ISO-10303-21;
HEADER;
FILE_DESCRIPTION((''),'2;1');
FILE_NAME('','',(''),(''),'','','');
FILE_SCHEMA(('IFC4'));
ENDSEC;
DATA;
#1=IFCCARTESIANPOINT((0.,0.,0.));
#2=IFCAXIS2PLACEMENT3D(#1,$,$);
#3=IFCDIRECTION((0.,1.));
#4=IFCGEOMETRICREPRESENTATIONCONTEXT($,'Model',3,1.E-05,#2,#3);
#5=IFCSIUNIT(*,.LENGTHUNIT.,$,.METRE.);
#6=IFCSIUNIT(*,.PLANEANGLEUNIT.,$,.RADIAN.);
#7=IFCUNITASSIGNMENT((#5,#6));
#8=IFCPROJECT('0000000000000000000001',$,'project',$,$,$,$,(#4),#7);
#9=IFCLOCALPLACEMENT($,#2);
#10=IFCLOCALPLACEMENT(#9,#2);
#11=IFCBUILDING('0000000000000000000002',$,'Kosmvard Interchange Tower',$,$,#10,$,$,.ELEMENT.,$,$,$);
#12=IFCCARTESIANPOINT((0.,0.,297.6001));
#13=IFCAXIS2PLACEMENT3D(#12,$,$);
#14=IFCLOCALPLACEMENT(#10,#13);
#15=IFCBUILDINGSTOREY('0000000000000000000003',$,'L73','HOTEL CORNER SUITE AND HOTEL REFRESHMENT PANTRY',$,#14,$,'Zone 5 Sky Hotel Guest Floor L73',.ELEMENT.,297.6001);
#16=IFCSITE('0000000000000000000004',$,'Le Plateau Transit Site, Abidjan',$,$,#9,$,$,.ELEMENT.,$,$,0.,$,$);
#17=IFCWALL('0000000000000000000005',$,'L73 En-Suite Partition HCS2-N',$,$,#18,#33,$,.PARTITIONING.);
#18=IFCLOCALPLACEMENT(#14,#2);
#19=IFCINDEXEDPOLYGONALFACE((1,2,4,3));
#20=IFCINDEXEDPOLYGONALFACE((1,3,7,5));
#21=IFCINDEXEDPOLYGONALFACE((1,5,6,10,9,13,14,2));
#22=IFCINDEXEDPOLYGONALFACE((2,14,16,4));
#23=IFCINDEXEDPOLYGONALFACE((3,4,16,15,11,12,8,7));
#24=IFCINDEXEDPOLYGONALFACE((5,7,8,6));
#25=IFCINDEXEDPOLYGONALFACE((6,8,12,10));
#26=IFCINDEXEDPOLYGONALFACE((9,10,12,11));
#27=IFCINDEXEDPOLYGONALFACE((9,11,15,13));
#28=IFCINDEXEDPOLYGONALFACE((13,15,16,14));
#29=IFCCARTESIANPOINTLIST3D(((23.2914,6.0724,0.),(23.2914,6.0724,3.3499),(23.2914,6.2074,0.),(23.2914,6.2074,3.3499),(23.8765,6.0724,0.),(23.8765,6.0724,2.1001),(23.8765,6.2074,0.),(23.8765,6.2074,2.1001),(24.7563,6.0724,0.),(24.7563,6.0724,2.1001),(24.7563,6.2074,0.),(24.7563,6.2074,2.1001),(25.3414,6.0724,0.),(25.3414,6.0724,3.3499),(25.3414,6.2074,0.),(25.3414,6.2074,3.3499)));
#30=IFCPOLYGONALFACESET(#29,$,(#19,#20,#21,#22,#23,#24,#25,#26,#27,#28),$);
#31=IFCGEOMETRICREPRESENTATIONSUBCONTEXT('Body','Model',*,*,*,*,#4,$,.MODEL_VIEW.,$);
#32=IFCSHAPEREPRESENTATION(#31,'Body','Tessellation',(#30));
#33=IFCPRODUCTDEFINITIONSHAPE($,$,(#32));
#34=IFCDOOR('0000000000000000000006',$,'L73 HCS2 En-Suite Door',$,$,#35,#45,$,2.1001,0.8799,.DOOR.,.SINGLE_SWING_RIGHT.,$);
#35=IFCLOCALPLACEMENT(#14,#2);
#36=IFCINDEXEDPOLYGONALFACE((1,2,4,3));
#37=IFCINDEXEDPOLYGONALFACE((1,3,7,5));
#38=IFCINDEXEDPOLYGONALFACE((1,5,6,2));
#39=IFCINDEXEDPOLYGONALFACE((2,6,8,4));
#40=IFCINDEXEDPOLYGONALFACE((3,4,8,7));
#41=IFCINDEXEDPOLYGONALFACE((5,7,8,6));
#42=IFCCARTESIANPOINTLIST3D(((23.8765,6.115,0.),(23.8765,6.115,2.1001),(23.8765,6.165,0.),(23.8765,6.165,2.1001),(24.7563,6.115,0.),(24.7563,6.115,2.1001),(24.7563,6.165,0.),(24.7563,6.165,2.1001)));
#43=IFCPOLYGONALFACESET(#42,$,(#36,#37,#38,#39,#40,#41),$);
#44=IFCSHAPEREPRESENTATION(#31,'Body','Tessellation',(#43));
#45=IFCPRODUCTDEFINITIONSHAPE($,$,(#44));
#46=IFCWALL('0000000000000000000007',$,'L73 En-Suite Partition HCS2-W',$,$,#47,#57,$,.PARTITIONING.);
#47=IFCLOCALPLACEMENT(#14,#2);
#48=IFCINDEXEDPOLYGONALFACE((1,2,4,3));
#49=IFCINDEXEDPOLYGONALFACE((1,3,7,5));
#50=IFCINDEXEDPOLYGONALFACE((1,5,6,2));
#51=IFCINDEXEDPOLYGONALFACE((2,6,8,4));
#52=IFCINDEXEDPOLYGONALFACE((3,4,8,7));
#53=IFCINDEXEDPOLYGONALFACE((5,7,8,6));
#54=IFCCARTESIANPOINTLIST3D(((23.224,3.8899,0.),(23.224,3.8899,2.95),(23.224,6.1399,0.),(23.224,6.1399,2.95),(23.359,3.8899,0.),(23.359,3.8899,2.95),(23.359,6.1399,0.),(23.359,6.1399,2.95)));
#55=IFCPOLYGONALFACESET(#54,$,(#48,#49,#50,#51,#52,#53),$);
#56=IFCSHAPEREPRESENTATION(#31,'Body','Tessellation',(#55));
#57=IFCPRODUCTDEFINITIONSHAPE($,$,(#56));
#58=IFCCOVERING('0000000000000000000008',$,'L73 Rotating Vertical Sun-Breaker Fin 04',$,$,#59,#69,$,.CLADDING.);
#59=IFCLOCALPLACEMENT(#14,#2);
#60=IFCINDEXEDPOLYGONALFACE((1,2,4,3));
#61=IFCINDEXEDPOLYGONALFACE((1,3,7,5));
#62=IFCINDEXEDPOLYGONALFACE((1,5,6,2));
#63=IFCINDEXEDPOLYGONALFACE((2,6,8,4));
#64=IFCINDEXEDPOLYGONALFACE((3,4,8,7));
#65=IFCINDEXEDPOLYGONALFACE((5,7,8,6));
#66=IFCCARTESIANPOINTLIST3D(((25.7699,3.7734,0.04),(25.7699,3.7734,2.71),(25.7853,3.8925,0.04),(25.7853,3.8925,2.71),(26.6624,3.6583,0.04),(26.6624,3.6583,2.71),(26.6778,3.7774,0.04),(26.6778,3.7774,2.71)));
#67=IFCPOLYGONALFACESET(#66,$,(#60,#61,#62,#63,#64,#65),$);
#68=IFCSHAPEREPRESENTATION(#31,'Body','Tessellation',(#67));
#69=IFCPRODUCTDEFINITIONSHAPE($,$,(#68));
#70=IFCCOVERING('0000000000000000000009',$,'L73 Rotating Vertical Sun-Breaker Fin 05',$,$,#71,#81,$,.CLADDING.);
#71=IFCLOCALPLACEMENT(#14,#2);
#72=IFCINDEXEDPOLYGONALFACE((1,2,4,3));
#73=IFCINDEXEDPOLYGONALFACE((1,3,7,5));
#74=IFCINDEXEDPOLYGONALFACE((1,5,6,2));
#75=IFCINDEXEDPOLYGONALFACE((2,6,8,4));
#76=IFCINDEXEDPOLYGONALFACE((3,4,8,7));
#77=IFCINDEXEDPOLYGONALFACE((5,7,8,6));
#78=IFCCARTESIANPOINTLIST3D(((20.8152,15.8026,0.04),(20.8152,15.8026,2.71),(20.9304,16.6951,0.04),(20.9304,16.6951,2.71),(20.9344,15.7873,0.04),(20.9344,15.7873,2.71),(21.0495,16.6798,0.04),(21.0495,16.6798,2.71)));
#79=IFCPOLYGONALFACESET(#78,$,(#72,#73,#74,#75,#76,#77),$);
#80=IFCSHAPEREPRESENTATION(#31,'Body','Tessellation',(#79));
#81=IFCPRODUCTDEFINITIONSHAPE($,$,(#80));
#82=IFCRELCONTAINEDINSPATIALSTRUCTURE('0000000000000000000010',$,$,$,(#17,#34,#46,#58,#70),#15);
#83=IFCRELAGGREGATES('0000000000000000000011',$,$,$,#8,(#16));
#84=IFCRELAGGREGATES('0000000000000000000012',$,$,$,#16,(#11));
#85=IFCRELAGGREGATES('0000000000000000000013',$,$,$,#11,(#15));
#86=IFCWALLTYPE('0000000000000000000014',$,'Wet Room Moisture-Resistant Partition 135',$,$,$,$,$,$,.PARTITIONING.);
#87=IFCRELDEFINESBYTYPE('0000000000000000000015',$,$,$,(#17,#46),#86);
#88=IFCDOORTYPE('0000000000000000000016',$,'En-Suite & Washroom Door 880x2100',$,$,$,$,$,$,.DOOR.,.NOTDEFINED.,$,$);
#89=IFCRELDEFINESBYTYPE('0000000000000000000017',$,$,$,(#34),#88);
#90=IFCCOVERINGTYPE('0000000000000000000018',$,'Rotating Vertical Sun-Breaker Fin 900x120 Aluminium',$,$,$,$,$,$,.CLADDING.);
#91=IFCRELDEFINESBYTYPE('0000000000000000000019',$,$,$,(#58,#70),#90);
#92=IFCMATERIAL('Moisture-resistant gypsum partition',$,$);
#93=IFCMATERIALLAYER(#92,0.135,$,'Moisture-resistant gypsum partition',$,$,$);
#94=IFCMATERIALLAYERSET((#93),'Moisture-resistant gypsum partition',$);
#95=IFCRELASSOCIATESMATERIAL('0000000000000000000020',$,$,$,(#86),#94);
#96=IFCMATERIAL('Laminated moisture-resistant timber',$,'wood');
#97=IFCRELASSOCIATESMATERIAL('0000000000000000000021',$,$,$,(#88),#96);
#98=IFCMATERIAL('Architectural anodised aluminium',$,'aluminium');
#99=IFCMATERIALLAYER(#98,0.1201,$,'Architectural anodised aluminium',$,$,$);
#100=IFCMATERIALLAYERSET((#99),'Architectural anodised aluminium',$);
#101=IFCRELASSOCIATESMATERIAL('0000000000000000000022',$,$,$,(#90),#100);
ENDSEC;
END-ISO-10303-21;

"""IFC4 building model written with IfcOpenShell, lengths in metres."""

from ifc_helpers import new_model, si_unit, direction, frame, frame_2d, origin, origin_2d, place, context, subcontext, project, spatial, rectangle, extrude, source, transform, mapped, material, layer, layer_set, type_object, element, fill, save


model = new_model("IFC4")

# Units and contexts
model_context = context("Model", 3, precision=1e-05, world=origin(), true_north=direction((0.0, 1.0)))
body_context = subcontext(model_context, "Body", "Model", "MODEL_VIEW")
ifc_project = project(units=[si_unit("LENGTHUNIT", "METRE"), si_unit("PLANEANGLEUNIT", "RADIAN")], contexts=[model_context])

# Site, building, storey
site_placement = place(None, origin())
site = spatial("IfcSite", under=ifc_project, at=site_placement, Name="Le Plateau Transit Site, Abidjan", CompositionType="ELEMENT", RefElevation=0.0)
building_placement = place(site_placement, origin())
building = spatial("IfcBuilding", under=site, at=building_placement, Name="Kosmvard Interchange Tower", CompositionType="ELEMENT")
storey_placement = place(building_placement, frame((0.0, 0.0, 297.6001)))
storey = spatial("IfcBuildingStorey", under=building, at=storey_placement, Name="L73", Description="HOTEL CORNER SUITE AND HOTEL REFRESHMENT PANTRY", LongName="Zone 5 Sky Hotel Guest Floor L73", CompositionType="ELEMENT", Elevation=297.6001)

# Shared definitions
ifc_material_1 = material(Name="Moisture-resistant gypsum partition")
ifc_layer_1 = layer(ifc_material_1, 0.135, Name="Moisture-resistant gypsum partition")
ifc_layer_set_1 = layer_set([ifc_layer_1], Name="Moisture-resistant gypsum partition")
wall_type_1 = type_object("IfcWallType", Name="Wet Room Moisture-Resistant Partition 135", PredefinedType="PARTITIONING", material=ifc_layer_set_1)

# Wall, opening, door
wall_1_placement = place(storey_placement, frame((23.2915, 6.1399, 0.0), z_axis=(0.0, 0.0, 1.0), x_axis=(1.0, 0.0, 0.0)))
wall_1 = element("IfcWall", 1, at=wall_1_placement, inside=storey, type_object=wall_type_1, Name="L73 En-Suite Partition HCS2-N", PredefinedType="PARTITIONING", context=body_context, shape_type="SweptSolid", body=[
    extrude(rectangle(XDim=2.05, YDim=0.135, at=frame_2d((1.0249, 0.0))), origin(), (0.0, 0.0, 1.0), 3.3499),
])
opening_1_placement = place(wall_1_placement, frame((0.585, 0.0, 0.0)))
opening_1 = element("IfcOpeningElement", 2, at=opening_1_placement, cuts=wall_1, PredefinedType="OPENING", context=body_context, shape_type="SweptSolid", body=[
    extrude(rectangle(XDim=0.8799, YDim=2.1001, at=frame_2d((0.4399, 1.05))), frame((0.0, 0.0776, 0.0), z_axis=(0.0, -1.0, 0.0), x_axis=(1.0, 0.0, 0.0)), (0.0, 0.0, 1.0), 0.155),
])
ifc_material_2 = material(Name="Laminated moisture-resistant timber", Category="wood")
door_type_1 = type_object("IfcDoorType", Name="En-Suite & Washroom Door 880x2100", OperationType="NOTDEFINED", PredefinedType="DOOR", material=ifc_material_2)
shared_shape_1 = source(origin(), body_context, "Body", "SweptSolid", [
    extrude(rectangle(XDim=0.8799, YDim=2.1001, at=frame_2d((0.4399, 1.05))), frame((0.0, 0.0249, 0.0), z_axis=(0.0, -1.0, 0.0), x_axis=(1.0, 0.0, 0.0)), (0.0, 0.0, 1.0), 0.05),
])
door_1_placement = place(opening_1_placement, frame((0.8799, 0.0, 0.0), z_axis=(0.0, 0.0, 1.0), x_axis=(-1.0, 0.0, 0.0)))
door_1 = element("IfcDoor", 3, at=door_1_placement, inside=storey, type_object=door_type_1, Name="L73 HCS2 En-Suite Door", OperationType="SINGLE_SWING_RIGHT", OverallHeight=2.1001, OverallWidth=0.8799, PredefinedType="DOOR", context=body_context, shape_type="MappedRepresentation", body=[
    mapped(shared_shape_1, transform((0.0, 0.0, 0.0), scale=1.0)),
])
fill(opening_1, door_1)

# Wall
wall_2_placement = place(storey_placement, frame((23.2915, 3.8899, 0.0), z_axis=(0.0, 0.0, 1.0), x_axis=(0.0, 1.0, 0.0)))
element("IfcWall", 4, at=wall_2_placement, inside=storey, type_object=wall_type_1, Name="L73 En-Suite Partition HCS2-W", PredefinedType="PARTITIONING", context=body_context, shape_type="SweptSolid", body=[
    extrude(rectangle(XDim=2.25, YDim=0.135, at=frame_2d((1.125, 0.0))), origin(), (0.0, 0.0, 1.0), 2.95),
])

# Coverings
ifc_material_3 = material(Name="Architectural anodised aluminium", Category="aluminium")
ifc_layer_2 = layer(ifc_material_3, 0.1201, Name="Architectural anodised aluminium")
ifc_layer_set_2 = layer_set([ifc_layer_2], Name="Architectural anodised aluminium")
covering_type = type_object("IfcCoveringType", Name="Rotating Vertical Sun-Breaker Fin 900x120 Aluminium", PredefinedType="CLADDING", material=ifc_layer_set_2)
shared_shape_2 = source(origin(), body_context, "Body", "SweptSolid", [
    extrude(rectangle(XDim=0.8999, YDim=0.1201, at=origin_2d()), origin(), (0.0, 0.0, 1.0), 2.6699),
])
for number, where, z_axis, x_axis, name in (
    (5, (26.2239, 3.7754, 0.04), (0.0, 0.0, 1.0), (0.991783, -0.12793, 0.0), "L73 Rotating Vertical Sun-Breaker Fin 04"),
    (6, (20.9324, 16.2412, 0.04), (0.0, 0.0, 1.0), (0.12793, 0.991783, 0.0), "L73 Rotating Vertical Sun-Breaker Fin 05"),
):
    element("IfcCovering", number, at=place(storey_placement, frame(where, z_axis=z_axis, x_axis=x_axis)), inside=storey, type_object=covering_type, Name=name, PredefinedType="CLADDING", context=body_context, shape_type="MappedRepresentation", body=[
        mapped(shared_shape_2, transform((0.0, 0.0, 0.0), scale=1.0)),
    ])

save(model, "model.ifc")
